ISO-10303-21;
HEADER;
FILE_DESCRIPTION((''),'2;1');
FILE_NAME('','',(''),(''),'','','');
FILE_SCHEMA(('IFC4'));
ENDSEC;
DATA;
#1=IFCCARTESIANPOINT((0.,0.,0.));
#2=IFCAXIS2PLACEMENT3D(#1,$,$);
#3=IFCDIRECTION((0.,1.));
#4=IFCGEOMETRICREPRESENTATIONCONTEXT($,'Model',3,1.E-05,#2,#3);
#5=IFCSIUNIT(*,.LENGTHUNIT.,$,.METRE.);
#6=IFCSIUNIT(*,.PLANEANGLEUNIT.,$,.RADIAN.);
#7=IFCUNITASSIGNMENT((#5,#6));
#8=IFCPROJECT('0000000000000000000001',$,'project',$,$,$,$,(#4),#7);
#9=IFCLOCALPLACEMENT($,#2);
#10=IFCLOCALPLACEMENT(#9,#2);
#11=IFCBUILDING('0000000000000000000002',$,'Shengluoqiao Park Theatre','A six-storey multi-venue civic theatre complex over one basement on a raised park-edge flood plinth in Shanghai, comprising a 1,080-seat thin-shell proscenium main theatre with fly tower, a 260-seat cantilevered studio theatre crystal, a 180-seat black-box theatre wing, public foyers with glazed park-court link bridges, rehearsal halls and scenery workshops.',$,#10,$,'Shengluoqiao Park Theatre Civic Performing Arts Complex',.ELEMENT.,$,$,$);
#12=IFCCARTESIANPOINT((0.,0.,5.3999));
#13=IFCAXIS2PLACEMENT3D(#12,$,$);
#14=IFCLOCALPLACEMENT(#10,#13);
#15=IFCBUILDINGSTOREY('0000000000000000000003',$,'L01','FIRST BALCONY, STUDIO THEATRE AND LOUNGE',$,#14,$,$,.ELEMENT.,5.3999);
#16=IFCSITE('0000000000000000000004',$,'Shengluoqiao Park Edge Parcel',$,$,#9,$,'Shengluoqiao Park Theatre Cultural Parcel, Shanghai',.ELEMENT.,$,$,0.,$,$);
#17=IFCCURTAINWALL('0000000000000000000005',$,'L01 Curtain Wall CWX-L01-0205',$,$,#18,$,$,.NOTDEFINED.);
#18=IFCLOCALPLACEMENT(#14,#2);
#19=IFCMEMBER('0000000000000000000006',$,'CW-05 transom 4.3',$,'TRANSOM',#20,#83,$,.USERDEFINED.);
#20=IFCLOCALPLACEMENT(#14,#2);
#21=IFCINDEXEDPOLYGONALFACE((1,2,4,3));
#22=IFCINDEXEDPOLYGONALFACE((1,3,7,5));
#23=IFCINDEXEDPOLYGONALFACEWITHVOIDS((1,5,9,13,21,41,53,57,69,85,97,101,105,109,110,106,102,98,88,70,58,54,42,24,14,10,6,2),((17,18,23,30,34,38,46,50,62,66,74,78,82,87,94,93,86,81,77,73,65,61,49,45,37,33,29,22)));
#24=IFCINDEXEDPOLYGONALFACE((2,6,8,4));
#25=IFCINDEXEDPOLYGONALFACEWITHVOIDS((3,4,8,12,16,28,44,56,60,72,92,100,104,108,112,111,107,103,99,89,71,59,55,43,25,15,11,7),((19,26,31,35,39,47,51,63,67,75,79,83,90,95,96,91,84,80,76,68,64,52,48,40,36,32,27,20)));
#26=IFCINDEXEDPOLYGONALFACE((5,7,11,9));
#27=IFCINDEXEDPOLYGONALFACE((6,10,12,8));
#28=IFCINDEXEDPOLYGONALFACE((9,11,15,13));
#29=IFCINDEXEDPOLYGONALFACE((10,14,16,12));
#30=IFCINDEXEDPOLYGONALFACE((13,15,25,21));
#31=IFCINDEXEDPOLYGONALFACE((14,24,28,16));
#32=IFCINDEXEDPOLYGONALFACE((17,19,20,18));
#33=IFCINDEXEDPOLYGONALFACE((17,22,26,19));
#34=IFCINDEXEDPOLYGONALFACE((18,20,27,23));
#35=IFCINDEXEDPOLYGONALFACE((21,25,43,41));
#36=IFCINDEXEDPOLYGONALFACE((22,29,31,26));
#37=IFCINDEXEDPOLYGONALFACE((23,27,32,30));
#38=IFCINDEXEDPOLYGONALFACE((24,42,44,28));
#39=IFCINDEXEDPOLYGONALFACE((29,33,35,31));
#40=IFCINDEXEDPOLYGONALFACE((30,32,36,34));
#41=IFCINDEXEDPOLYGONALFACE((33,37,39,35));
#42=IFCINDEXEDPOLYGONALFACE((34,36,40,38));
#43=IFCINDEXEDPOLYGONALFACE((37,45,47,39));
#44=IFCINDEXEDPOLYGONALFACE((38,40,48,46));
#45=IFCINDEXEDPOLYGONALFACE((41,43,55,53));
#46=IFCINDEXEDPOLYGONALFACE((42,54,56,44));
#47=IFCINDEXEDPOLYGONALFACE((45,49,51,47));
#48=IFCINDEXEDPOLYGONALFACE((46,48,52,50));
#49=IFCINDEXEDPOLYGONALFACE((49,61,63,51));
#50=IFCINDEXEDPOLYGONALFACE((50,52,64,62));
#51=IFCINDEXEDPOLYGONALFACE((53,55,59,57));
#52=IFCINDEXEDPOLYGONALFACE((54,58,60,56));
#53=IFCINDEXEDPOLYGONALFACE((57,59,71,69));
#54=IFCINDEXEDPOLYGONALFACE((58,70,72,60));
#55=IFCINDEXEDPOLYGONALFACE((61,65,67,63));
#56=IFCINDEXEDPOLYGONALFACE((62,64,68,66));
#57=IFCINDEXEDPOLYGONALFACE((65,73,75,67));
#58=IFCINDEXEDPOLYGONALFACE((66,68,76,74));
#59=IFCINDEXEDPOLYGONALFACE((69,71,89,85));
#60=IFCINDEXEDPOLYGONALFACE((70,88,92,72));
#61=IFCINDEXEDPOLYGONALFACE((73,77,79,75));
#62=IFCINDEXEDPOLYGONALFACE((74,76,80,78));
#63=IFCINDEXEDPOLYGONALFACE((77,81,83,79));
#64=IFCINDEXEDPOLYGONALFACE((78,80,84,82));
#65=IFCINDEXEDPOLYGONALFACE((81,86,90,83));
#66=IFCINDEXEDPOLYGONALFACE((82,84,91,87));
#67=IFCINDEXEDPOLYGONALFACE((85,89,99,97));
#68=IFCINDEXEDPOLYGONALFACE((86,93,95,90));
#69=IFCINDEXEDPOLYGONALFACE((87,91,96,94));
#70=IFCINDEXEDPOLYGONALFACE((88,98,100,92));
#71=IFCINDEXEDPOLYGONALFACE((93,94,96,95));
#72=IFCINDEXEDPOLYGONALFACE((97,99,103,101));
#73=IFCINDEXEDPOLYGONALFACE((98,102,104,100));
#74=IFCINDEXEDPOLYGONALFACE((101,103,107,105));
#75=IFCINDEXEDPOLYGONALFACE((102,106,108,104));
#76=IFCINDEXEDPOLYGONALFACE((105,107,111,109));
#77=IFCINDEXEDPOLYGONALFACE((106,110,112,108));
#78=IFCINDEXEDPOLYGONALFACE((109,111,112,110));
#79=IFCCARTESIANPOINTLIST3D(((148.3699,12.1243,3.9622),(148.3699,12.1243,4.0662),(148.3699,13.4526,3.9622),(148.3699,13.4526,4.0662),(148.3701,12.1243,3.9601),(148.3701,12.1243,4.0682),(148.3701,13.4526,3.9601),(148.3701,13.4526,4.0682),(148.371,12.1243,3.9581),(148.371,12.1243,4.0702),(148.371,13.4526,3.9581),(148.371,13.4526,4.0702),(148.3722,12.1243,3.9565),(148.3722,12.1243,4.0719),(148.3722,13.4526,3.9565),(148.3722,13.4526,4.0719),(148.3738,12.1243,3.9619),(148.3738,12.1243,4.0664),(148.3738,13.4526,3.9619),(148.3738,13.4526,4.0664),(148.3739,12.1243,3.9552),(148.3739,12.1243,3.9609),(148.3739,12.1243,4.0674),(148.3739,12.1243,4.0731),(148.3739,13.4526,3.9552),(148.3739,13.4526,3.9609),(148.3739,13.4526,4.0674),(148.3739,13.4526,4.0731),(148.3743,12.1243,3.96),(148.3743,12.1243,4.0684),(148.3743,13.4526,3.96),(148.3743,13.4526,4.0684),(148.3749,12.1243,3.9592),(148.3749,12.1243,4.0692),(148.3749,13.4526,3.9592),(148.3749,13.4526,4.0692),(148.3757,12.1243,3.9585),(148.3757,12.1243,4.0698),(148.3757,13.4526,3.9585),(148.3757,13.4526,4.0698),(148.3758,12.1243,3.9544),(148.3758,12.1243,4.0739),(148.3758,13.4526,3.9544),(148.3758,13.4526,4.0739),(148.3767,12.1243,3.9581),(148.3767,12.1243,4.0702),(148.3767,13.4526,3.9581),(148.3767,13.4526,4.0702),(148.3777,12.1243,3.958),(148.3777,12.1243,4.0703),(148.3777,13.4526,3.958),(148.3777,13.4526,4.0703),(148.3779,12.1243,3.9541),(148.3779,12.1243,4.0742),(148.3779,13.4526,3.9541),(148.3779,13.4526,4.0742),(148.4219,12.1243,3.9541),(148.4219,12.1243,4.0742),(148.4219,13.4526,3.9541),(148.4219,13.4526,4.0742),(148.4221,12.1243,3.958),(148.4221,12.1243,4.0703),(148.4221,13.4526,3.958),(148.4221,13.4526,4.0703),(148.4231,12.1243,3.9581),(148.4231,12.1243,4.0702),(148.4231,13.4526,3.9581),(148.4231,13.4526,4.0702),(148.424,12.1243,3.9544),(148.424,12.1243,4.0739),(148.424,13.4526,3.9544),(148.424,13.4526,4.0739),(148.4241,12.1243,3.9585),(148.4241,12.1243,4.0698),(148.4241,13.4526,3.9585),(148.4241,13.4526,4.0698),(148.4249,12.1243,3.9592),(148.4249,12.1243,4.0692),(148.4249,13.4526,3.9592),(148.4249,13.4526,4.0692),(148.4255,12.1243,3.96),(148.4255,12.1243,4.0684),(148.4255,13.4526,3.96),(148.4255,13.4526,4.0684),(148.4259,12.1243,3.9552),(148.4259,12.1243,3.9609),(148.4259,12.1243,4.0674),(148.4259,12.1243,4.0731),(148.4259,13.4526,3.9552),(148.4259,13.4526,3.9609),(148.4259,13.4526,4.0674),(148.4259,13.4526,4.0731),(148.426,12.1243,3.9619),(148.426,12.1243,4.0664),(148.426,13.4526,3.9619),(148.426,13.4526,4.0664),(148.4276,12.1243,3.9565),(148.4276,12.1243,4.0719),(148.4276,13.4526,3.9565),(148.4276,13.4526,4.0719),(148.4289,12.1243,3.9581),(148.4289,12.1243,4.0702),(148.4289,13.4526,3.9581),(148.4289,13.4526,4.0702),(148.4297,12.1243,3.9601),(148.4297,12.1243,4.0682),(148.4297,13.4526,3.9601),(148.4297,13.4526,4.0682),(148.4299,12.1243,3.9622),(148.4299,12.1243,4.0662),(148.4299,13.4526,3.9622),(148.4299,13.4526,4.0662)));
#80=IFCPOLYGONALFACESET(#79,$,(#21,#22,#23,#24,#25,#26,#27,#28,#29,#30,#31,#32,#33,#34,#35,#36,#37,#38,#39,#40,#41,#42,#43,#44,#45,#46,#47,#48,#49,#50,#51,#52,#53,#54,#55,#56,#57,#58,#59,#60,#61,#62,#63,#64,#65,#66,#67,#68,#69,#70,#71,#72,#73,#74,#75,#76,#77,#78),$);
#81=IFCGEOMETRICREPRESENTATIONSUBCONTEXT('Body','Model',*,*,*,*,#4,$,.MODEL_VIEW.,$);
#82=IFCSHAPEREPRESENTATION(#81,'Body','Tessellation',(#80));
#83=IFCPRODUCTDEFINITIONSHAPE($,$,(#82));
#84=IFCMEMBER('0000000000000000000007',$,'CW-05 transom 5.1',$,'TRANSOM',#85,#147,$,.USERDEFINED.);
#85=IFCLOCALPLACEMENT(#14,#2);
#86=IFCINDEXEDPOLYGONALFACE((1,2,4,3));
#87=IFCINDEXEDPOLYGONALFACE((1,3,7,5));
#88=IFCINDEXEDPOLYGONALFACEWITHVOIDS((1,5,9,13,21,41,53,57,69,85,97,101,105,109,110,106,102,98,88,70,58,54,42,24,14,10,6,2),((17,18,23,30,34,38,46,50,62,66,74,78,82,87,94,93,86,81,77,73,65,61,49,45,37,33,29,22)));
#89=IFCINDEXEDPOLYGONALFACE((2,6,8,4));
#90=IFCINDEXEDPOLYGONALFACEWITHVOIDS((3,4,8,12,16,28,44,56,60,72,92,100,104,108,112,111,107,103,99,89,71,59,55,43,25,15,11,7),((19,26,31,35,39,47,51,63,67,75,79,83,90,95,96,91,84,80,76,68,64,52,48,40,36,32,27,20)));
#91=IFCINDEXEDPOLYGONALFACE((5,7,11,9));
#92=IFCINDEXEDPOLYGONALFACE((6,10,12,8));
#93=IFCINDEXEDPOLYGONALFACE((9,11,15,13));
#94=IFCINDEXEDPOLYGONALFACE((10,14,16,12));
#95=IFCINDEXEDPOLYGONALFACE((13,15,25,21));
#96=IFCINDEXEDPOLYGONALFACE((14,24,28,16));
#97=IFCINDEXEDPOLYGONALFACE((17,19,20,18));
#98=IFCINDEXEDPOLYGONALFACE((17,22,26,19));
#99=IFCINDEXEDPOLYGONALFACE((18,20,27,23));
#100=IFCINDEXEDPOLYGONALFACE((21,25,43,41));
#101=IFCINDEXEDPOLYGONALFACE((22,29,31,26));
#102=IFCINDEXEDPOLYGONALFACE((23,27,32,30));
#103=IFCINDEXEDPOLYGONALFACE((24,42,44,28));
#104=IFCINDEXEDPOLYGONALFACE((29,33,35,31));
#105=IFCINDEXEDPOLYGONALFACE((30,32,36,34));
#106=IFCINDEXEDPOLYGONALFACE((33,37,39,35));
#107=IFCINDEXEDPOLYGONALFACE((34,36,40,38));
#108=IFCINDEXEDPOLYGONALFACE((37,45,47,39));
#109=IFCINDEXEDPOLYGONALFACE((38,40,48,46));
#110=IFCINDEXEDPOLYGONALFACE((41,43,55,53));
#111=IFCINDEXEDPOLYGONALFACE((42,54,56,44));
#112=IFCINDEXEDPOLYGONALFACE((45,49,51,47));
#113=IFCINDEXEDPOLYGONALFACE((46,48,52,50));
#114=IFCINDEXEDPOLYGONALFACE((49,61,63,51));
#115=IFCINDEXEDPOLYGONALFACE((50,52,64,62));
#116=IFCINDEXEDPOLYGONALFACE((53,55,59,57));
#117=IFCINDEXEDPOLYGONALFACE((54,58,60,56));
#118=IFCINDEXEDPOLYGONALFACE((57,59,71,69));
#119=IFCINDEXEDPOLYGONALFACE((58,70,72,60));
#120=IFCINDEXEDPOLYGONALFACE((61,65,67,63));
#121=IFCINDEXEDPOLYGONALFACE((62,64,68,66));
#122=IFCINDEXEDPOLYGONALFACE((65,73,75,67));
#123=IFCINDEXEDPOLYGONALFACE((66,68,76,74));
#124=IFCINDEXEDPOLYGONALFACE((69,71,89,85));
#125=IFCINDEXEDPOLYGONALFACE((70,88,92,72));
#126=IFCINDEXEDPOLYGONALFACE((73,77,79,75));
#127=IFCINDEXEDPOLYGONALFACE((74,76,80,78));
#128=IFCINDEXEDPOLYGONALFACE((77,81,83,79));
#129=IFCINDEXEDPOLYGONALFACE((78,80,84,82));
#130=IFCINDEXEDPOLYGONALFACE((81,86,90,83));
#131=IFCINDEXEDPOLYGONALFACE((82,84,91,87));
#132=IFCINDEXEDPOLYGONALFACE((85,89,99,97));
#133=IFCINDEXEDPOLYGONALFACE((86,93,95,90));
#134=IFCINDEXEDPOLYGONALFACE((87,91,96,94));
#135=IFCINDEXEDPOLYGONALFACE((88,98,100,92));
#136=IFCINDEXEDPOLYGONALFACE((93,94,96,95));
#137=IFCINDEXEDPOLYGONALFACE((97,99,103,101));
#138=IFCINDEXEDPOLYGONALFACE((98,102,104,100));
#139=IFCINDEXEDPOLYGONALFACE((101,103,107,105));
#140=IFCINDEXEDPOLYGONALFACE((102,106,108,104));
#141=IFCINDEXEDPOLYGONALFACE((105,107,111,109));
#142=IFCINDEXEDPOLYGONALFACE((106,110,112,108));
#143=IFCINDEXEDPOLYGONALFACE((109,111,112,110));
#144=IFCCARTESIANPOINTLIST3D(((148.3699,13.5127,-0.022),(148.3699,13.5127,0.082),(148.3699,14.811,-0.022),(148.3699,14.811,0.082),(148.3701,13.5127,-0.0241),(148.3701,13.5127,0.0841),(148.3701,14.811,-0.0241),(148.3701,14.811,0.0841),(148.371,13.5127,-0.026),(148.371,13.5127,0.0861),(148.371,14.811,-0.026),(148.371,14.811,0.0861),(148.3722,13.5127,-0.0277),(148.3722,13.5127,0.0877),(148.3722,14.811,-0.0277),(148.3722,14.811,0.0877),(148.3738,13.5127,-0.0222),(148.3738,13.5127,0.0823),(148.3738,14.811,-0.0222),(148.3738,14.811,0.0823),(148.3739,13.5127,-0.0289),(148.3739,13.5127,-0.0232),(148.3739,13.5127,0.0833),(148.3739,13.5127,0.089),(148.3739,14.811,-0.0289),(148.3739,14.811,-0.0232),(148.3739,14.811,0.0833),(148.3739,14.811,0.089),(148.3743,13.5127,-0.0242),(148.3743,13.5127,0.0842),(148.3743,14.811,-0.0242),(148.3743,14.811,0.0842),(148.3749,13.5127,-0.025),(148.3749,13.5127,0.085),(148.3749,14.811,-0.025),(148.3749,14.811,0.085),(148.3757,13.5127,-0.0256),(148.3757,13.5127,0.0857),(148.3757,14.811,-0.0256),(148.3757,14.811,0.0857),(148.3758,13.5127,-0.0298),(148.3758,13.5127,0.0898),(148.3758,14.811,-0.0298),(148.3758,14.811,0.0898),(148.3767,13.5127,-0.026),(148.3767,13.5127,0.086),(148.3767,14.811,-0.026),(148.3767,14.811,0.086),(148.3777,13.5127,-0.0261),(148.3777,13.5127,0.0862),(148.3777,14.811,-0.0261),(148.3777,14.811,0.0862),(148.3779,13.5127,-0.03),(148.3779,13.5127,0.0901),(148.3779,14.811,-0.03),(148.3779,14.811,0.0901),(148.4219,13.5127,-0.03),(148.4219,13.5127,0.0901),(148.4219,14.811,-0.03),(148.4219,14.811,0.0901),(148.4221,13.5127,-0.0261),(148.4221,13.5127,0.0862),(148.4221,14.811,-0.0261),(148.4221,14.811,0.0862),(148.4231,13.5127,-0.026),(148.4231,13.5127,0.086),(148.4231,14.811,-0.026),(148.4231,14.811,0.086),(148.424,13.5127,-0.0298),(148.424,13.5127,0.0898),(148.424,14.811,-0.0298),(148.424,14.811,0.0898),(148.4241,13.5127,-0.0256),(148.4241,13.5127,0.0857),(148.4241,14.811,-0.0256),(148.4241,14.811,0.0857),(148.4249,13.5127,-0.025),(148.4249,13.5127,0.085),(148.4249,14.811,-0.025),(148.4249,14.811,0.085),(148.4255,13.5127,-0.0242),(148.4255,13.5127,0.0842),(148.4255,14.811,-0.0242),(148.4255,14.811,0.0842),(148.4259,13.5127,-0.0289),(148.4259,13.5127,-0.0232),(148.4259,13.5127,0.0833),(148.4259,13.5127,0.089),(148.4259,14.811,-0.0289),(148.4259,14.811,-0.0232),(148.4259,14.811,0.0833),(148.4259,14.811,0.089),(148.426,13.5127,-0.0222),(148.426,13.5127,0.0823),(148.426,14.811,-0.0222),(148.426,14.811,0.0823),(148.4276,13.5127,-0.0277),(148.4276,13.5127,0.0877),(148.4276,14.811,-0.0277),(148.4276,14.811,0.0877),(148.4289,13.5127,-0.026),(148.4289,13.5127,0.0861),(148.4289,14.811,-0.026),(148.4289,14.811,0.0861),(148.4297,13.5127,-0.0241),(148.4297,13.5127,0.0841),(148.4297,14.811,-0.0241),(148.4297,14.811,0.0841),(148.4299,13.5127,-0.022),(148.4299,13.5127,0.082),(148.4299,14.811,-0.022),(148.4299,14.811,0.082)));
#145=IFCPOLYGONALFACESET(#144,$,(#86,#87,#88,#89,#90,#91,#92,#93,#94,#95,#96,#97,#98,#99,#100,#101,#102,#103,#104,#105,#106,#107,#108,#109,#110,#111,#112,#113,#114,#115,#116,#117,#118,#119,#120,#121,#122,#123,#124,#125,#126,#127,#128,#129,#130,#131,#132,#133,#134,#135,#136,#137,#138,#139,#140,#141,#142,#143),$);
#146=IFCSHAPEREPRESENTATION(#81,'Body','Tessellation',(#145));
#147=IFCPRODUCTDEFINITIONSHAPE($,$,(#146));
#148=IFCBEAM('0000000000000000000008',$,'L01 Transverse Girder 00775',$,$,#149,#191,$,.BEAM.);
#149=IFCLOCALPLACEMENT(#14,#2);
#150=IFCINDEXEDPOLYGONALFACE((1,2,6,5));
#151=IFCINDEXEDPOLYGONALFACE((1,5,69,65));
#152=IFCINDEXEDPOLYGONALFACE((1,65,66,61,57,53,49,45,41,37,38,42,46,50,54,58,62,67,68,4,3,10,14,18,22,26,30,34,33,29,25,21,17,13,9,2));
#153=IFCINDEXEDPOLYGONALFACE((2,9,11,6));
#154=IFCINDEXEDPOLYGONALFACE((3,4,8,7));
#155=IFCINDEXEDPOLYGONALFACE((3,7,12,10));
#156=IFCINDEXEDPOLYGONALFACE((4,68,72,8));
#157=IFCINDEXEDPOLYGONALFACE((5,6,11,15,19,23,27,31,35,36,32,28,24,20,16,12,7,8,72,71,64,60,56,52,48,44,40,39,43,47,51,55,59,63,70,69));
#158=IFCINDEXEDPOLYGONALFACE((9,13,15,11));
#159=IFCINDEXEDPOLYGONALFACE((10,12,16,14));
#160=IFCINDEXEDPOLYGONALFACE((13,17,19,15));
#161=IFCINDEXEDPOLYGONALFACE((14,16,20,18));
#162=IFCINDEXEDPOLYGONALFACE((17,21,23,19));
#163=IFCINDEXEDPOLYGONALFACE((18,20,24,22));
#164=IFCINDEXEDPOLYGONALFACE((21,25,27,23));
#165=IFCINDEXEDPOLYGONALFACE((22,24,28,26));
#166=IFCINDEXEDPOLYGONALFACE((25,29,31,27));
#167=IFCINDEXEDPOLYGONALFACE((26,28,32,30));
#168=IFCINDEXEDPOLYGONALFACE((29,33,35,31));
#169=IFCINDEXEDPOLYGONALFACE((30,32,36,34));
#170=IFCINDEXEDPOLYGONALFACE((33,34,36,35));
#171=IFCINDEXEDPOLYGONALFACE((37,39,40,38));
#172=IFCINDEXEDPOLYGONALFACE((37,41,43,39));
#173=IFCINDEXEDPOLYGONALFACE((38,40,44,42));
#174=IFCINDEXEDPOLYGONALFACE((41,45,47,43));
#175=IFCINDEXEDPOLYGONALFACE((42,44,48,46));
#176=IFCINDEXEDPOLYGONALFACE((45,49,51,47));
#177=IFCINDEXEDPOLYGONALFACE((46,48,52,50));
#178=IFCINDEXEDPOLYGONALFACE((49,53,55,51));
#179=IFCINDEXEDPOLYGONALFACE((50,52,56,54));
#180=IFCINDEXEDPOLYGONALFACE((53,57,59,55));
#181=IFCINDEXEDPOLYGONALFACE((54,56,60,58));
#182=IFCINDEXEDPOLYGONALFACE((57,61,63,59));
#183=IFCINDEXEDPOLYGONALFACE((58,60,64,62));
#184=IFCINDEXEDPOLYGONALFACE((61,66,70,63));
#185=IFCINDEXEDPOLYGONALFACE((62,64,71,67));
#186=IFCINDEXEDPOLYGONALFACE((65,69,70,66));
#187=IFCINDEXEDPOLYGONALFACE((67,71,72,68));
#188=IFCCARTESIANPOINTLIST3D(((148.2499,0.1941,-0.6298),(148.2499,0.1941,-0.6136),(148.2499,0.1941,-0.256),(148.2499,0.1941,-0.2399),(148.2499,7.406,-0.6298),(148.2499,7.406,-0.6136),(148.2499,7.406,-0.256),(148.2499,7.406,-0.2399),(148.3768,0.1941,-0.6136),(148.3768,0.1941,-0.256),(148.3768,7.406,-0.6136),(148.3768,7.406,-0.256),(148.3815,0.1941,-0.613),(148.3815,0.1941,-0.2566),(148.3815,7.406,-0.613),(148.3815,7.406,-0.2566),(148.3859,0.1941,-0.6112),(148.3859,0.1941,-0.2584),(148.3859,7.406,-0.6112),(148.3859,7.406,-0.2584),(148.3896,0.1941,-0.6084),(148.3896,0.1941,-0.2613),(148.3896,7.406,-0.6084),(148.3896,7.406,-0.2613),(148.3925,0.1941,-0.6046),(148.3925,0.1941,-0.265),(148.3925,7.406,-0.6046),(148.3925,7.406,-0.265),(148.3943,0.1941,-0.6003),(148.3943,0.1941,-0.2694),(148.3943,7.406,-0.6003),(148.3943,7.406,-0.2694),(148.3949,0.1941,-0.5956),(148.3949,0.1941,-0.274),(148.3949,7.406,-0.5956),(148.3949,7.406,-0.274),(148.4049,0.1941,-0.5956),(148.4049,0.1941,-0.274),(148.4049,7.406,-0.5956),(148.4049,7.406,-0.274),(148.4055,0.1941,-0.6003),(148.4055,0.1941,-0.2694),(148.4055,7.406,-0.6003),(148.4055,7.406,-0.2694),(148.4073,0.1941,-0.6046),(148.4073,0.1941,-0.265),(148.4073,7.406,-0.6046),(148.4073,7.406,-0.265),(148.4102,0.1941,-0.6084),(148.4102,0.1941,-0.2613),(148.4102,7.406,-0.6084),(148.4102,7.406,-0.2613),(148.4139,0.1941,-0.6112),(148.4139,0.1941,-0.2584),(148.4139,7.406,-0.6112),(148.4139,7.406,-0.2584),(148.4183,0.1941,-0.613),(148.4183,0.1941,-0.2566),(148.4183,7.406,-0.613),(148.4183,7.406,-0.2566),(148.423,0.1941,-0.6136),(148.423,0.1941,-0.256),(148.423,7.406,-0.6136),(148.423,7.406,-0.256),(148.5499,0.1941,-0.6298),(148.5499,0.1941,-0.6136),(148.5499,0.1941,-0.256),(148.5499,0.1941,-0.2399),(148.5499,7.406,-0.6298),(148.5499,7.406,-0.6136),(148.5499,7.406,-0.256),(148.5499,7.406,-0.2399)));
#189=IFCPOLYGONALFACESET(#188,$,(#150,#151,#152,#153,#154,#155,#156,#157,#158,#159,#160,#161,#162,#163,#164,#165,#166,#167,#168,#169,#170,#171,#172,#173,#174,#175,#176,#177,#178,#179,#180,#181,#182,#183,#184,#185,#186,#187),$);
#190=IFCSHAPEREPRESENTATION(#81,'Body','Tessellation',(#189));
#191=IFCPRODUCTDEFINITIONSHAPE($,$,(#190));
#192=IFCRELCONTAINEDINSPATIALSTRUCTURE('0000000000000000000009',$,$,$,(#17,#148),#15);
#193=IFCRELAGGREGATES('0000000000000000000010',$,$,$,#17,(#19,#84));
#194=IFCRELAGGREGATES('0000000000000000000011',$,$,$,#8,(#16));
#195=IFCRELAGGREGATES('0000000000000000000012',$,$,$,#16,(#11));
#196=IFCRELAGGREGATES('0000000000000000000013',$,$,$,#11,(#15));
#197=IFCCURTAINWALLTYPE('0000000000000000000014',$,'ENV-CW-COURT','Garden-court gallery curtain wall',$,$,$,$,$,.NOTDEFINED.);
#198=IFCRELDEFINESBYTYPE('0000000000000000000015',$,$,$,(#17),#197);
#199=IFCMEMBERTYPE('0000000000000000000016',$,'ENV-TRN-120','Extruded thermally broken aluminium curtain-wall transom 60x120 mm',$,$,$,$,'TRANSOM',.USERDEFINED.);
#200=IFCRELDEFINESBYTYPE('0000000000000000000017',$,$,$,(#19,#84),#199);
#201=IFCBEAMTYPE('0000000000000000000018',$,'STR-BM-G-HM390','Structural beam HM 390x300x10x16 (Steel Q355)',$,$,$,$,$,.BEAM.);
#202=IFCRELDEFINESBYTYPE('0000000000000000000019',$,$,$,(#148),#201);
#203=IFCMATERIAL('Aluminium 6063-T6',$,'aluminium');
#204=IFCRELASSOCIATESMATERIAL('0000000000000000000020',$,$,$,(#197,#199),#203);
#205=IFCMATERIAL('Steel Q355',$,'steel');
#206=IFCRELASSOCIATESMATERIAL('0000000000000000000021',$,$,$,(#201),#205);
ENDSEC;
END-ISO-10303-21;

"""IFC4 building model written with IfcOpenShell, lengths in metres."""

from ifc_helpers import new_model, si_unit, direction, frame, origin, origin_2d, place, context, subcontext, project, spatial, hollow_rectangle, i_section, extrude, material, material_profile, profile_set, type_object, element, aggregate, save


model = new_model("IFC4")

# Units and contexts
model_context = context("Model", 3, precision=1e-05, world=origin(), true_north=direction((0.0, 1.0)))
body_context = subcontext(model_context, "Body", "Model", "MODEL_VIEW")
ifc_project = project(units=[si_unit("LENGTHUNIT", "METRE"), si_unit("PLANEANGLEUNIT", "RADIAN")], contexts=[model_context])

# Site, building, storey
site_placement = place(None, origin())
site = spatial("IfcSite", under=ifc_project, at=site_placement, Name="Shengluoqiao Park Edge Parcel", LongName="Shengluoqiao Park Theatre Cultural Parcel, Shanghai", CompositionType="ELEMENT", RefElevation=0.0)
building_placement = place(site_placement, origin())
building = spatial("IfcBuilding", under=site, at=building_placement, Name="Shengluoqiao Park Theatre", Description="A six-storey multi-venue civic theatre complex over one basement on a raised park-edge flood plinth in Shanghai, comprising a 1,080-seat thin-shell proscenium main theatre with fly tower, a 260-seat cantilevered studio theatre crystal, a 180-seat black-box theatre wing, public foyers with glazed park-court link bridges, rehearsal halls and scenery workshops.", LongName="Shengluoqiao Park Theatre Civic Performing Arts Complex", CompositionType="ELEMENT")
storey_placement = place(building_placement, frame((0.0, 0.0, 5.3999)))
storey = spatial("IfcBuildingStorey", under=building, at=storey_placement, Name="L01", Description="FIRST BALCONY, STUDIO THEATRE AND LOUNGE", CompositionType="ELEMENT", Elevation=5.3999)

# Curtain wall, members
ifc_material_1 = material(Name="Aluminium 6063-T6", Category="aluminium")
curtain_wall_type = type_object("IfcCurtainWallType", Name="ENV-CW-COURT", Description="Garden-court gallery curtain wall", PredefinedType="NOTDEFINED", material=ifc_material_1)
curtain_wall_placement = place(storey_placement, origin())
curtain_wall = element("IfcCurtainWall", 1, at=curtain_wall_placement, inside=storey, type_object=curtain_wall_type, Name="L01 Curtain Wall CWX-L01-0205", PredefinedType="NOTDEFINED")
ifc_material_profile_1 = material_profile(ifc_material_1, hollow_rectangle(XDim=0.0601, YDim=0.1201, WallThickness=0.0039, InnerFilletRadius=0.0039, OuterFilletRadius=0.0081, at=origin_2d()), Name="ALU TRANSOM 120x60x4")
ifc_profile_set_1 = profile_set([ifc_material_profile_1], Name="Aluminium 6063-T6")
member_type_1 = type_object("IfcMemberType", Name="ENV-TRN-120", Description="Extruded thermally broken aluminium curtain-wall transom 60x120 mm", ElementType="TRANSOM", PredefinedType="USERDEFINED", material=ifc_profile_set_1)
member_1_placement = place(storey_placement, frame((148.3999, 12.1243, 4.0142), z_axis=(0.0, 1.0, 0.0), x_axis=(-1.0, 0.0, 0.0)))
member_1 = element("IfcMember", 2, at=member_1_placement, type_object=member_type_1, Name="CW-05 transom 4.3", ObjectType="TRANSOM", PredefinedType="USERDEFINED", context=body_context, shape_type="SweptSolid", body=[
    extrude(hollow_rectangle(XDim=0.0601, YDim=0.1201, WallThickness=0.0039, InnerFilletRadius=0.0039, OuterFilletRadius=0.0081, at=origin_2d()), origin(), (0.0, 0.0, 1.0), 1.3284),
])
member_2_placement = place(storey_placement, frame((148.3999, 13.5127, 0.03), z_axis=(0.0, 1.0, 0.0), x_axis=(-1.0, 0.0, 0.0)))
member_2 = element("IfcMember", 3, at=member_2_placement, type_object=member_type_1, Name="CW-05 transom 5.1", ObjectType="TRANSOM", PredefinedType="USERDEFINED", context=body_context, shape_type="SweptSolid", body=[
    extrude(hollow_rectangle(XDim=0.0601, YDim=0.1201, WallThickness=0.0039, InnerFilletRadius=0.0039, OuterFilletRadius=0.0081, at=origin_2d()), origin(), (0.0, 0.0, 1.0), 1.2983),
])

# Beam
ifc_material_2 = material(Name="Steel Q355", Category="steel")
ifc_material_profile_2 = material_profile(ifc_material_2, i_section(OverallWidth=0.3, OverallDepth=0.3899, WebThickness=0.01, FlangeThickness=0.0161, FilletRadius=0.0181, at=origin_2d()), Name="HM 390x300x10x16")
ifc_profile_set_2 = profile_set([ifc_material_profile_2], Name="Steel Q355")
beam_type = type_object("IfcBeamType", Name="STR-BM-G-HM390", Description="Structural beam HM 390x300x10x16 (Steel Q355)", PredefinedType="BEAM", material=ifc_profile_set_2)
beam_1_placement = place(storey_placement, frame((148.3999, 0.1941, -0.4348), z_axis=(0.0, 1.0, 0.0), x_axis=(-1.0, 0.0, 0.0)))
element("IfcBeam", 4, at=beam_1_placement, inside=storey, type_object=beam_type, Name="L01 Transverse Girder 00775", PredefinedType="BEAM", context=body_context, shape_type="SweptSolid", body=[
    extrude(i_section(OverallWidth=0.3, OverallDepth=0.3899, WebThickness=0.01, FlangeThickness=0.0161, FilletRadius=0.0181, at=origin_2d()), origin(), (0.0, 0.0, 1.0), 7.2119),
])

aggregate(curtain_wall, [member_1, member_2])

save(model, "model.ifc")
